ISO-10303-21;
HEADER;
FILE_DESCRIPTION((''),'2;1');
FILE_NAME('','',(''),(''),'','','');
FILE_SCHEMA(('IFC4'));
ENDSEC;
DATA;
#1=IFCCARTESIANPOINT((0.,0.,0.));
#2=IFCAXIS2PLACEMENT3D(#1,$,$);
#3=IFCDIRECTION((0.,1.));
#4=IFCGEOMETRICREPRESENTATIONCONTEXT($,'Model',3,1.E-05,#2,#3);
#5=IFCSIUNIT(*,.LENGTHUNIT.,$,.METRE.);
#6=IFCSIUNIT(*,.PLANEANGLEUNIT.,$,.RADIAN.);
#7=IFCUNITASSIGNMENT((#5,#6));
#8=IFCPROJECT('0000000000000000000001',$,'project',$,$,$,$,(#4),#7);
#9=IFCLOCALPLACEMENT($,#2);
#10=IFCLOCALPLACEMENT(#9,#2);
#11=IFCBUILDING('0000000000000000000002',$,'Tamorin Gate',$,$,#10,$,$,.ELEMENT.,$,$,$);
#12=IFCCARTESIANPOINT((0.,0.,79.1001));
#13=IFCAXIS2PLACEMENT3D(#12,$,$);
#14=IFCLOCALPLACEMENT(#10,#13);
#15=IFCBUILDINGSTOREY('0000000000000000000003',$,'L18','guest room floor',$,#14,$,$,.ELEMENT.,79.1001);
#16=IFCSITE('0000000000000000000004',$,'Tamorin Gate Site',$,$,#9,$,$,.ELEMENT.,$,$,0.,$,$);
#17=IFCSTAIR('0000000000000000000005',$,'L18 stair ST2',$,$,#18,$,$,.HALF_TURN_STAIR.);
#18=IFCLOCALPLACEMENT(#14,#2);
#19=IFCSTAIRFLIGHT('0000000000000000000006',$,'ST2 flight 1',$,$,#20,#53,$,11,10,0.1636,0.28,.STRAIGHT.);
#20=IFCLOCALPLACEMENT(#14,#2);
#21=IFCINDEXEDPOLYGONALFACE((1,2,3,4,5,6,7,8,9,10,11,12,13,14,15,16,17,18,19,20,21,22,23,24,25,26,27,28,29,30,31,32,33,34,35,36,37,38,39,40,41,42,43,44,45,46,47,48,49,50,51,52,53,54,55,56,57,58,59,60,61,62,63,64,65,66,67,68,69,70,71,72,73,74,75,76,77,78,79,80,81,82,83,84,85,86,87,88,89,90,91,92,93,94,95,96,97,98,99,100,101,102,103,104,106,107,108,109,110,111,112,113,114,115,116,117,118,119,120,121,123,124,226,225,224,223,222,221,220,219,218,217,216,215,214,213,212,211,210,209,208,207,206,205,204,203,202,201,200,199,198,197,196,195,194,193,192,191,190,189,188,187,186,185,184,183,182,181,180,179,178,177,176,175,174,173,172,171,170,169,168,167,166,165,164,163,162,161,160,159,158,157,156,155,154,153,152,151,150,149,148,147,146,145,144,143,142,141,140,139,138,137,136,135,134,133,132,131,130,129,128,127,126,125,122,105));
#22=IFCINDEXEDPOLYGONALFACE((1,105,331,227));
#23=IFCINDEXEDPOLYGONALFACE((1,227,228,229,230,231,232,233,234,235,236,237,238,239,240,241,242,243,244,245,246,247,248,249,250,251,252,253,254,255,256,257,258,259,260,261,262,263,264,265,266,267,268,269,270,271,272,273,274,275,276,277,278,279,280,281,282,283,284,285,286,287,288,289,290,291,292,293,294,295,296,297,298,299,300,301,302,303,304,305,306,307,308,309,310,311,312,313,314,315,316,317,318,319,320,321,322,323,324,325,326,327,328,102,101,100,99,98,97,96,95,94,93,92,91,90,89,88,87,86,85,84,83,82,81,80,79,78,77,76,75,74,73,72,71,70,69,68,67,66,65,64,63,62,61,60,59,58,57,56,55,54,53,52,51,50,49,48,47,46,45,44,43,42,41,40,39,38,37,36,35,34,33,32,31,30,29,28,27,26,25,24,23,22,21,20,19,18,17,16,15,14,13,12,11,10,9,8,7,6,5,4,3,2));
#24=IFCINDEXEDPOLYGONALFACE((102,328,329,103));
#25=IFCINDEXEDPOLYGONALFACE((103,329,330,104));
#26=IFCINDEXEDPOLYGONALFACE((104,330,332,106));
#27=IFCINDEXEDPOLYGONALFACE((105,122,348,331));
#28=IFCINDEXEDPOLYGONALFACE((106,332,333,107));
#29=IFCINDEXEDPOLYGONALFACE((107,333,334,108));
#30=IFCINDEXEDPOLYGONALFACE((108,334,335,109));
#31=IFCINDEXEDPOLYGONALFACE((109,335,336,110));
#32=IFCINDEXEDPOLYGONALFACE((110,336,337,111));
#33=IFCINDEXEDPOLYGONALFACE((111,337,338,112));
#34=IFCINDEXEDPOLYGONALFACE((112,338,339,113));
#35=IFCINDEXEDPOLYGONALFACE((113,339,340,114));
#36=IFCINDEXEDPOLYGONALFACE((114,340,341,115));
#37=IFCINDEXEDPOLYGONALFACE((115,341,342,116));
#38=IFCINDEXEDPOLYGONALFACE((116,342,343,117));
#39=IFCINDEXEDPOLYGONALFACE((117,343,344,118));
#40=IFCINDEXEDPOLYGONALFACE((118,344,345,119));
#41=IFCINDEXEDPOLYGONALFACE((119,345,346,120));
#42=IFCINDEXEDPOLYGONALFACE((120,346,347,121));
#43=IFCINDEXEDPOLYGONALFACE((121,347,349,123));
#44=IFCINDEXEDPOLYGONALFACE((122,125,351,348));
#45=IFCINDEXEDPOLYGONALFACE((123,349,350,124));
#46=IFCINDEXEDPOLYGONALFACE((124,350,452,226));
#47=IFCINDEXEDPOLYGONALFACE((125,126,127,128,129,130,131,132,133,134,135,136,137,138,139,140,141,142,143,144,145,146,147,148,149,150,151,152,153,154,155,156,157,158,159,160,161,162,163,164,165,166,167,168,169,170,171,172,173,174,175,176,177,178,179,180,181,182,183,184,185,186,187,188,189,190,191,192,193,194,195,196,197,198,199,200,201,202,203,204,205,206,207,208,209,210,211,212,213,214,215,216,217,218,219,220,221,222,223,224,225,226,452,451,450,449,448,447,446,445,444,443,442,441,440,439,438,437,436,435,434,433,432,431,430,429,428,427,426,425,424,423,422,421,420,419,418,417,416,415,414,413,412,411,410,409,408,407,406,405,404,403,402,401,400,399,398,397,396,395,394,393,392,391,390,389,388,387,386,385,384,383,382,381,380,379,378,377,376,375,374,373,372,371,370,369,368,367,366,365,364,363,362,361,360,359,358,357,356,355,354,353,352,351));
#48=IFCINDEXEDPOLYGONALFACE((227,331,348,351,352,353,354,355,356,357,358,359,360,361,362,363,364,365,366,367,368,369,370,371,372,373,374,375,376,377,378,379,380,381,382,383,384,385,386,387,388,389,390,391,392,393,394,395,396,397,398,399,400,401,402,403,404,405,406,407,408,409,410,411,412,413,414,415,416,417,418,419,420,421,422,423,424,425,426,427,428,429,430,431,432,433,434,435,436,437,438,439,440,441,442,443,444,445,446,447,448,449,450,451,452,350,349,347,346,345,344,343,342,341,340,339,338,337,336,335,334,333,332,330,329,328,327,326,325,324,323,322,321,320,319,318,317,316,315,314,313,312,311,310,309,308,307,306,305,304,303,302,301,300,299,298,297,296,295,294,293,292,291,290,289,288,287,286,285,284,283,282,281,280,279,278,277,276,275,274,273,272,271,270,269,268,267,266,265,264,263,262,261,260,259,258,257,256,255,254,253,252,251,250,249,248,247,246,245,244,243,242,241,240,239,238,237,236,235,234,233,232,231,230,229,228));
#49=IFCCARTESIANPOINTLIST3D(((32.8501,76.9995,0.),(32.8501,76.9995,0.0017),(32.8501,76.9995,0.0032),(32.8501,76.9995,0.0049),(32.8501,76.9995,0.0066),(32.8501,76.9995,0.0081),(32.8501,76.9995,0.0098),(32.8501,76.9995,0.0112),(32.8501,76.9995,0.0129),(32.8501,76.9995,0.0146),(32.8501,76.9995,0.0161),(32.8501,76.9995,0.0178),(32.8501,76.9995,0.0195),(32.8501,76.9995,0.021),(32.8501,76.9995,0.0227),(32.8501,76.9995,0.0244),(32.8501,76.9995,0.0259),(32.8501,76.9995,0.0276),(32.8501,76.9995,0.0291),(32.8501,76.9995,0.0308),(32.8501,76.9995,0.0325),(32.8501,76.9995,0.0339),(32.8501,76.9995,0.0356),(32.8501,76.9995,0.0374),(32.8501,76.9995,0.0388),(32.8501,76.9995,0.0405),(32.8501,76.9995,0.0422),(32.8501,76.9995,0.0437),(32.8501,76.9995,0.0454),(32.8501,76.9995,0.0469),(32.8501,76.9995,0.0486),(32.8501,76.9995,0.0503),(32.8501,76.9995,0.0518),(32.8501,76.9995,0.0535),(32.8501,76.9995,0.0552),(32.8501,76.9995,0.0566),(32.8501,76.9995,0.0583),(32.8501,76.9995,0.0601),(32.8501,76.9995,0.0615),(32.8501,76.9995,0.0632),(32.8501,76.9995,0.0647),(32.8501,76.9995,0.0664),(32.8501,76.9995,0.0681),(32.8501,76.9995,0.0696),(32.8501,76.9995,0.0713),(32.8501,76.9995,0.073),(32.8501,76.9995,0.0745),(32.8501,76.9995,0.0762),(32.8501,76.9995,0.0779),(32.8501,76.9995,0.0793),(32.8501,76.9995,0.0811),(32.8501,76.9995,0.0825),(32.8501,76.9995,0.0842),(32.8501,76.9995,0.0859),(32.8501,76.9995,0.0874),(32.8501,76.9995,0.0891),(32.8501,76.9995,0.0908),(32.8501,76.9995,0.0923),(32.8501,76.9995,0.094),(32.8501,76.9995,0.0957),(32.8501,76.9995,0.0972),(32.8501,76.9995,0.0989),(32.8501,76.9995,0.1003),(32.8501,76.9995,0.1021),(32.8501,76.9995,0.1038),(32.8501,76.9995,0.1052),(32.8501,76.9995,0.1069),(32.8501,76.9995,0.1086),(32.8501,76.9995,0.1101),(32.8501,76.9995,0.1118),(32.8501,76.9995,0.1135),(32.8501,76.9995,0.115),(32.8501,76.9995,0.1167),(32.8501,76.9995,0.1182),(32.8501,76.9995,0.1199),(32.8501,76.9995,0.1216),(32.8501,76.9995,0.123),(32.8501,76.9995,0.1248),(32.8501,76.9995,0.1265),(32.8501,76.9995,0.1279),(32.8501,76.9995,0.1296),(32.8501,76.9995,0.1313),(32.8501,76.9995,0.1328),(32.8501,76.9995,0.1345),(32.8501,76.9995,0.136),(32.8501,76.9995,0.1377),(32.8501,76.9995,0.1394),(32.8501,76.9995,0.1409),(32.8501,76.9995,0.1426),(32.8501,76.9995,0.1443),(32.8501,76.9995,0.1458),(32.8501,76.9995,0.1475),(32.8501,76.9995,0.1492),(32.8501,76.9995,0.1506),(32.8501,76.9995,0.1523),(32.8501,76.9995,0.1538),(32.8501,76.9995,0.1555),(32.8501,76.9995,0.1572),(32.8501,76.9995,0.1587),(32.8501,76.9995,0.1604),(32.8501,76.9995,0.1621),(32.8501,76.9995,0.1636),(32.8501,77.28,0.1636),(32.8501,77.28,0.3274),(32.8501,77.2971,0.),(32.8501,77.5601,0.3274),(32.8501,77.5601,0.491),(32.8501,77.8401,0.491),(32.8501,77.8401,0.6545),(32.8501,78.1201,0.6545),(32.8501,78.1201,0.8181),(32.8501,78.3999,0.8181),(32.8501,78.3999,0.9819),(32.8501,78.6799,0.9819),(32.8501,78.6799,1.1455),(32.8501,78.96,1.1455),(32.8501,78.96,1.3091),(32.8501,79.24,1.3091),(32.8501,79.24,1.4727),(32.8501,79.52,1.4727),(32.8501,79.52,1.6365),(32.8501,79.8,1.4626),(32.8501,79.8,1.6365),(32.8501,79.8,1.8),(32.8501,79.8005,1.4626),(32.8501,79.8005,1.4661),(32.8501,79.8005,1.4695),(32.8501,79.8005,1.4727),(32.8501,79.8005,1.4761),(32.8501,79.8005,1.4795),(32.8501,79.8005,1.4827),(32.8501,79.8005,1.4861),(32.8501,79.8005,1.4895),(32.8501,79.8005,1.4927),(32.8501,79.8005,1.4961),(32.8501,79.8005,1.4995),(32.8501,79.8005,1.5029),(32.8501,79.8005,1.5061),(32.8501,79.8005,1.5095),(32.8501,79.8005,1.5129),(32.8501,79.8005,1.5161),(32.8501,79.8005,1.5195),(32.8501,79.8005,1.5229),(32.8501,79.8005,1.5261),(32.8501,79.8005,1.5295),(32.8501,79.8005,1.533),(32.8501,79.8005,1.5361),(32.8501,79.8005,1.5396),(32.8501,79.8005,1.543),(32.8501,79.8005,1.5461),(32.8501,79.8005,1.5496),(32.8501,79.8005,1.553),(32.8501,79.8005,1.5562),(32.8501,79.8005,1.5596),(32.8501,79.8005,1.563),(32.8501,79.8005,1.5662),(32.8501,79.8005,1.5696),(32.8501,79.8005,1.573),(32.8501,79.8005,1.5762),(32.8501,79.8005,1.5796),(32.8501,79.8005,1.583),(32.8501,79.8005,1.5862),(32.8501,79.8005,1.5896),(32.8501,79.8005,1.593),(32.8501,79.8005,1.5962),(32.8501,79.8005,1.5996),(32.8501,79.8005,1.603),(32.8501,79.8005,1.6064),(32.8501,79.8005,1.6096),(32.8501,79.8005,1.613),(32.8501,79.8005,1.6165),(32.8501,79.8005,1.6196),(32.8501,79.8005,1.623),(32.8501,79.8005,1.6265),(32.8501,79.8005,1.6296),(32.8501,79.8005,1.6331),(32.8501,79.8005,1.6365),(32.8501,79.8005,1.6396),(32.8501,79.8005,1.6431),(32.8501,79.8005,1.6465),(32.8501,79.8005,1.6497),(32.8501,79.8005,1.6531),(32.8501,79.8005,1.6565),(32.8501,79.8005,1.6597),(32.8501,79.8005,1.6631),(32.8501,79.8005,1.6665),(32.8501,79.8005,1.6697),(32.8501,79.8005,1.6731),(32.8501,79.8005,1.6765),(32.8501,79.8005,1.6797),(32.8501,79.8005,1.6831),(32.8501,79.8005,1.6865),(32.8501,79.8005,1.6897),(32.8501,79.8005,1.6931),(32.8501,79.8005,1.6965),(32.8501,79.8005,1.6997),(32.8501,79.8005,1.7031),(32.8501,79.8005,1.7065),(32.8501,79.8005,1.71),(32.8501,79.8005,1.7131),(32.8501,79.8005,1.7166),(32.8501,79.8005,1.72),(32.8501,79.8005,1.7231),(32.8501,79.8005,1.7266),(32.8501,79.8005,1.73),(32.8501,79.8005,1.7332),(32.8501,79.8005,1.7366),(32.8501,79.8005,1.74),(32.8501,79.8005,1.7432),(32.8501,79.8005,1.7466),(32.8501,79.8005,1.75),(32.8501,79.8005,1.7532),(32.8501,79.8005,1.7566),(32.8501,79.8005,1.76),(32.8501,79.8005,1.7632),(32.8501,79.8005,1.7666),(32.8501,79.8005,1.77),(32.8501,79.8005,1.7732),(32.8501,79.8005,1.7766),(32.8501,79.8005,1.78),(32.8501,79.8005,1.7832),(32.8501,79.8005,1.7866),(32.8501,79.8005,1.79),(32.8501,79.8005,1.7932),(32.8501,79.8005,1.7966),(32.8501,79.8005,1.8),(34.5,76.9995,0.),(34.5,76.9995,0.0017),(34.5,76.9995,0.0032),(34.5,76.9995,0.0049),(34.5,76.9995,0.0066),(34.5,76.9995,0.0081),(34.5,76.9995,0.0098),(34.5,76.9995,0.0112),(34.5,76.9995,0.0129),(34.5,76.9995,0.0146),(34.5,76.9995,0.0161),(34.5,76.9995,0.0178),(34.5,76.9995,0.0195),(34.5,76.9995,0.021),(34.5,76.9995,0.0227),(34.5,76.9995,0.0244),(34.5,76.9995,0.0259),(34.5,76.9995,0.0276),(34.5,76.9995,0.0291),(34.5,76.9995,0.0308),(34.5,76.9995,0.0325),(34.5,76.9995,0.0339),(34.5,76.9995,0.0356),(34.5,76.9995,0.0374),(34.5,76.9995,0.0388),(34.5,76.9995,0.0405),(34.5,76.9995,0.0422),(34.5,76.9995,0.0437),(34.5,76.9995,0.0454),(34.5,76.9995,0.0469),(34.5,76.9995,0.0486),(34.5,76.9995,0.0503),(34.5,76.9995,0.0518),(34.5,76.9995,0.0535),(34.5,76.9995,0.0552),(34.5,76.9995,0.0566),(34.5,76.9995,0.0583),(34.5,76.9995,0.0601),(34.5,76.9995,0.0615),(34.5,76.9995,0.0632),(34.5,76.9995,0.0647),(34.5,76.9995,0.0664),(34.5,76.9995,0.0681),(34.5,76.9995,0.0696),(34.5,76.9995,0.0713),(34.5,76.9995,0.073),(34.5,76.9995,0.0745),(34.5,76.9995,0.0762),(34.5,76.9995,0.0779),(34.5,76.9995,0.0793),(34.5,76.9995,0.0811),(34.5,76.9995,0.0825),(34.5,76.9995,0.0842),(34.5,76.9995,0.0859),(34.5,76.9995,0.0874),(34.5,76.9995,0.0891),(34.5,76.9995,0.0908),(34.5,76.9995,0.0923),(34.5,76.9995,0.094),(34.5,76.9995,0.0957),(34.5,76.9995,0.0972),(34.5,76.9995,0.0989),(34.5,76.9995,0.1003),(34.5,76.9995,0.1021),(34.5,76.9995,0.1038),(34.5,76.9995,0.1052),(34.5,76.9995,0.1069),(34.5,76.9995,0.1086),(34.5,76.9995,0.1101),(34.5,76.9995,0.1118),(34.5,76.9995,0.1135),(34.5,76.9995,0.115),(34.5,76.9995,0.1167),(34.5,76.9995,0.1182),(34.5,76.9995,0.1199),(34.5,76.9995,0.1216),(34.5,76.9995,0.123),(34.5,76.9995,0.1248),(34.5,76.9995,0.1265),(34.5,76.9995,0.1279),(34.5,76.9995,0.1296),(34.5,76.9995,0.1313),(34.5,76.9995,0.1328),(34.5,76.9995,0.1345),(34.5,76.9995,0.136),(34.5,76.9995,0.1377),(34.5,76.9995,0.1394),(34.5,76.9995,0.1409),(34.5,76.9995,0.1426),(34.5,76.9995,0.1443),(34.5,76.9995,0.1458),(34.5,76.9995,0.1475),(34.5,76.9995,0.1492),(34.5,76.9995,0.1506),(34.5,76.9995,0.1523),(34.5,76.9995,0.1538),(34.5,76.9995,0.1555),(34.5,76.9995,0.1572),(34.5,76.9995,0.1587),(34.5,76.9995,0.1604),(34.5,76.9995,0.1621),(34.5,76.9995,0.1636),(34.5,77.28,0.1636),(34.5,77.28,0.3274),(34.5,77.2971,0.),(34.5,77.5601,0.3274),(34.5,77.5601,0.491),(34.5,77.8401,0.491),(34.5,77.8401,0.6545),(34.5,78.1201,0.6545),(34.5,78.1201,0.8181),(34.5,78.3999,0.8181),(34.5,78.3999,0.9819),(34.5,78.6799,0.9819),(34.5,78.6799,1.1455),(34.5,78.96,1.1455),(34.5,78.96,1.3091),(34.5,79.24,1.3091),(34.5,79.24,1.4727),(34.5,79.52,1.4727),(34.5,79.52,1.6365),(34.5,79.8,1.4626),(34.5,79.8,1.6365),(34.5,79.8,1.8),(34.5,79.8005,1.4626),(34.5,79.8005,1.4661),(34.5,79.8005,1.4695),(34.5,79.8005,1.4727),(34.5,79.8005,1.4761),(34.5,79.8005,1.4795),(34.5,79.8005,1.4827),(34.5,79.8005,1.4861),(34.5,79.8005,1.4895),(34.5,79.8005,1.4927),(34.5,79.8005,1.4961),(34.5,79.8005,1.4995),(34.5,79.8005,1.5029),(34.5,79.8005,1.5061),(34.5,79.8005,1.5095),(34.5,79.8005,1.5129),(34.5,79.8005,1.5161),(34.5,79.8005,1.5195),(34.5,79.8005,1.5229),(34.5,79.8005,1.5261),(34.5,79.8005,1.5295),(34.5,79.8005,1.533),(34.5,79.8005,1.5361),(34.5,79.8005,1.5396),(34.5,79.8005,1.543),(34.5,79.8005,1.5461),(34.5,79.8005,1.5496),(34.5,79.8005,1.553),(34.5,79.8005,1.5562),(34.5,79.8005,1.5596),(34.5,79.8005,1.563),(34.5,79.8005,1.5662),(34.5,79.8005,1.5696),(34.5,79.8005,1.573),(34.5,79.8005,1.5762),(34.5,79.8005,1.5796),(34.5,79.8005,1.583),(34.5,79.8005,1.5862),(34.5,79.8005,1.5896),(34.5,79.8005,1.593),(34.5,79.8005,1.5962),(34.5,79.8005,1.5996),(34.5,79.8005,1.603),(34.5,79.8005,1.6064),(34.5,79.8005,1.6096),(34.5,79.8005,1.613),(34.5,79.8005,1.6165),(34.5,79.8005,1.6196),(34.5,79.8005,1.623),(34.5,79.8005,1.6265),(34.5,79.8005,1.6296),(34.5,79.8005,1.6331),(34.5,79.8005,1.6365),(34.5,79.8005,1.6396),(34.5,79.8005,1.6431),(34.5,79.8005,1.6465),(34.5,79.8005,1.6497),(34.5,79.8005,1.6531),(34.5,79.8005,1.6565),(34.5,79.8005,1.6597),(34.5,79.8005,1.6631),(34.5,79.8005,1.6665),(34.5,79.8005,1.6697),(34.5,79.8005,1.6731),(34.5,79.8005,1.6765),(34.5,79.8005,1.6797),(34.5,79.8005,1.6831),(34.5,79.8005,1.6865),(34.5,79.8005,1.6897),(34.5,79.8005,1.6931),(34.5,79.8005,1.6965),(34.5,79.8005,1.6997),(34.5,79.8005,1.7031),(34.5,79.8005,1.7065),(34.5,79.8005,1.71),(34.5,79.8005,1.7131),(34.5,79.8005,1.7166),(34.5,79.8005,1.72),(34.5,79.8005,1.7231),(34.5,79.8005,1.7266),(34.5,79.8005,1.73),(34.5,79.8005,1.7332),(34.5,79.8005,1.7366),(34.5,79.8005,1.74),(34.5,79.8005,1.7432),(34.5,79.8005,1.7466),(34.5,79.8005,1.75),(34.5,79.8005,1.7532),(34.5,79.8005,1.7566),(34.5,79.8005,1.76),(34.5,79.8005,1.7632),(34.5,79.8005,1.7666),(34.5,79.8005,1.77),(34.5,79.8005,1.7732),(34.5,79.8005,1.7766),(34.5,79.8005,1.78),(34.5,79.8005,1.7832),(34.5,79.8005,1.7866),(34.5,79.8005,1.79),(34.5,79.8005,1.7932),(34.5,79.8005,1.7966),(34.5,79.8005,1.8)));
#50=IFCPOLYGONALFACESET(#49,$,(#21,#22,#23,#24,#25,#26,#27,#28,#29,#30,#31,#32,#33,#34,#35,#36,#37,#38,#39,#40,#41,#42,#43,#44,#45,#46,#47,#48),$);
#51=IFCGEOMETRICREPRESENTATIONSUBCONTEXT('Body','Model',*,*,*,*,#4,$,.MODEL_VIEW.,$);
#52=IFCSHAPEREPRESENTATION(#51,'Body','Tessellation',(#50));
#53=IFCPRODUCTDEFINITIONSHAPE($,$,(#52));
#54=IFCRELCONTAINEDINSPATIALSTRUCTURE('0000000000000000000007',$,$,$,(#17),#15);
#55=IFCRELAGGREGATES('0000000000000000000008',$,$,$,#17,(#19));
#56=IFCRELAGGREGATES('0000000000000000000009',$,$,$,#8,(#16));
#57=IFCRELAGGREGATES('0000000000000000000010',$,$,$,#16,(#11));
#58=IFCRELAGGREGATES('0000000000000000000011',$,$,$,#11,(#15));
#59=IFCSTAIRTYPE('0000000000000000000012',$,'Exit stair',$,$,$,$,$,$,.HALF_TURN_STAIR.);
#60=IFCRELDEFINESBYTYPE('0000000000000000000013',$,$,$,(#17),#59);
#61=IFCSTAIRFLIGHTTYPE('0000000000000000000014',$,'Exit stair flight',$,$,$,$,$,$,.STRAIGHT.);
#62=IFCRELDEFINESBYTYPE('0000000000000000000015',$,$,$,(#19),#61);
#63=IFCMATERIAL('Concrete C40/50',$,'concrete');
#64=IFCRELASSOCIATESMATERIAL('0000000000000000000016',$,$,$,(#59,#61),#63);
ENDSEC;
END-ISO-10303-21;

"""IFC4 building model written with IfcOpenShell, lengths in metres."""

from ifc_helpers import new_model, si_unit, direction, frame, origin, place, context, subcontext, project, spatial, polyline, outline, extrude, material, type_object, element, aggregate, save


model = new_model("IFC4")

# Units and contexts
model_context = context("Model", 3, precision=1e-05, world=origin(), true_north=direction((0.0, 1.0)))
body_context = subcontext(model_context, "Body", "Model", "MODEL_VIEW")
ifc_project = project(units=[si_unit("LENGTHUNIT", "METRE"), si_unit("PLANEANGLEUNIT", "RADIAN")], contexts=[model_context])

# Site, building, storey
site_placement = place(None, origin())
site = spatial("IfcSite", under=ifc_project, at=site_placement, Name="Tamorin Gate Site", CompositionType="ELEMENT", RefElevation=0.0)
building_placement = place(site_placement, origin())
building = spatial("IfcBuilding", under=site, at=building_placement, Name="Tamorin Gate", CompositionType="ELEMENT")
storey_placement = place(building_placement, frame((0.0, 0.0, 79.1001)))
storey = spatial("IfcBuildingStorey", under=building, at=storey_placement, Name="L18", Description="guest room floor", CompositionType="ELEMENT", Elevation=79.1001)

# Shared definitions
ifc_material_1 = material(Name="Concrete C40/50", Category="concrete")

# Stair, stair flight
stair_type = type_object("IfcStairType", Name="Exit stair", PredefinedType="HALF_TURN_STAIR", material=ifc_material_1)
stair_placement = place(storey_placement, origin())
stair = element("IfcStair", 1, at=stair_placement, inside=storey, type_object=stair_type, Name="L18 stair ST2", PredefinedType="HALF_TURN_STAIR")
stair_flight_type = type_object("IfcStairFlightType", Name="Exit stair flight", PredefinedType="STRAIGHT", material=ifc_material_1)
stair_flight_1_placement = place(storey_placement, frame((33.675, 77.0, 0.0), z_axis=(0.0, 0.0, 1.0), x_axis=(0.0, 1.0, 0.0)))
stair_flight_1 = element("IfcStairFlight", 2, at=stair_flight_1_placement, type_object=stair_flight_type, Name="ST2 flight 1", NumberOfRisers=11, NumberOfTreads=10, PredefinedType="STRAIGHT", RiserHeight=0.1636, TreadLength=0.28, context=body_context, shape_type="SweptSolid", body=[
    extrude(outline(polyline([(-0.0005, 0.0), (-0.0005, 0.0017), (-0.0005, 0.0032), (-0.0005, 0.0049), (-0.0005, 0.0066), (-0.0005, 0.0081), (-0.0005, 0.0098), (-0.0005, 0.0112), (-0.0005, 0.0129), (-0.0005, 0.0146), (-0.0005, 0.0161), (-0.0005, 0.0178), (-0.0005, 0.0195), (-0.0005, 0.021), (-0.0005, 0.0227), (-0.0005, 0.0244), (-0.0005, 0.0259), (-0.0005, 0.0276), (-0.0005, 0.0291), (-0.0005, 0.0308), (-0.0005, 0.0325), (-0.0005, 0.0339), (-0.0005, 0.0356), (-0.0005, 0.0374), (-0.0005, 0.0388), (-0.0005, 0.0405), (-0.0005, 0.0422), (-0.0005, 0.0437), (-0.0005, 0.0454), (-0.0005, 0.0469), (-0.0005, 0.0486), (-0.0005, 0.0503), (-0.0005, 0.0518), (-0.0005, 0.0535), (-0.0005, 0.0552), (-0.0005, 0.0566), (-0.0005, 0.0583), (-0.0005, 0.0601), (-0.0005, 0.0615), (-0.0005, 0.0632), (-0.0005, 0.0647), (-0.0005, 0.0664), (-0.0005, 0.0681), (-0.0005, 0.0696), (-0.0005, 0.0713), (-0.0005, 0.073), (-0.0005, 0.0745), (-0.0005, 0.0762), (-0.0005, 0.0779), (-0.0005, 0.0793), (-0.0005, 0.0811), (-0.0005, 0.0825), (-0.0005, 0.0842), (-0.0005, 0.0859), (-0.0005, 0.0874), (-0.0005, 0.0891), (-0.0005, 0.0908), (-0.0005, 0.0923), (-0.0005, 0.094), (-0.0005, 0.0957), (-0.0005, 0.0972), (-0.0005, 0.0989), (-0.0005, 0.1003), (-0.0005, 0.1021), (-0.0005, 0.1038), (-0.0005, 0.1052), (-0.0005, 0.1069), (-0.0005, 0.1086), (-0.0005, 0.1101), (-0.0005, 0.1118), (-0.0005, 0.1135), (-0.0005, 0.115), (-0.0005, 0.1167), (-0.0005, 0.1182), (-0.0005, 0.1199), (-0.0005, 0.1216), (-0.0005, 0.123), (-0.0005, 0.1248), (-0.0005, 0.1265), (-0.0005, 0.1279), (-0.0005, 0.1296), (-0.0005, 0.1313), (-0.0005, 0.1328), (-0.0005, 0.1345), (-0.0005, 0.136), (-0.0005, 0.1377), (-0.0005, 0.1394), (-0.0005, 0.1409), (-0.0005, 0.1426), (-0.0005, 0.1443), (-0.0005, 0.1458), (-0.0005, 0.1475), (-0.0005, 0.1492), (-0.0005, 0.1506), (-0.0005, 0.1523), (-0.0005, 0.1538), (-0.0005, 0.1555), (-0.0005, 0.1572), (-0.0005, 0.1587), (-0.0005, 0.1604), (-0.0005, 0.1621), (-0.0005, 0.1636), (0.28, 0.1636), (0.28, 0.3274), (0.5601, 0.3274), (0.5601, 0.491), (0.8401, 0.491), (0.8401, 0.6545), (1.1201, 0.6545), (1.1201, 0.8181), (1.3999, 0.8181), (1.3999, 0.9819), (1.6799, 0.9819), (1.6799, 1.1455), (1.96, 1.1455), (1.96, 1.3091), (2.24, 1.3091), (2.24, 1.4727), (2.52, 1.4727), (2.52, 1.6365), (2.8, 1.6365), (2.8, 1.8), (2.8005, 1.8), (2.8005, 1.7966), (2.8005, 1.7932), (2.8005, 1.79), (2.8005, 1.7866), (2.8005, 1.7832), (2.8005, 1.78), (2.8005, 1.7766), (2.8005, 1.7732), (2.8005, 1.77), (2.8005, 1.7666), (2.8005, 1.7632), (2.8005, 1.76), (2.8005, 1.7566), (2.8005, 1.7532), (2.8005, 1.75), (2.8005, 1.7466), (2.8005, 1.7432), (2.8005, 1.74), (2.8005, 1.7366), (2.8005, 1.7332), (2.8005, 1.73), (2.8005, 1.7266), (2.8005, 1.7231), (2.8005, 1.72), (2.8005, 1.7166), (2.8005, 1.7131), (2.8005, 1.71), (2.8005, 1.7065), (2.8005, 1.7031), (2.8005, 1.6997), (2.8005, 1.6965), (2.8005, 1.6931), (2.8005, 1.6897), (2.8005, 1.6865), (2.8005, 1.6831), (2.8005, 1.6797), (2.8005, 1.6765), (2.8005, 1.6731), (2.8005, 1.6697), (2.8005, 1.6665), (2.8005, 1.6631), (2.8005, 1.6597), (2.8005, 1.6565), (2.8005, 1.6531), (2.8005, 1.6497), (2.8005, 1.6465), (2.8005, 1.6431), (2.8005, 1.6396), (2.8005, 1.6365), (2.8005, 1.6331), (2.8005, 1.6296), (2.8005, 1.6265), (2.8005, 1.623), (2.8005, 1.6196), (2.8005, 1.6165), (2.8005, 1.613), (2.8005, 1.6096), (2.8005, 1.6064), (2.8005, 1.603), (2.8005, 1.5996), (2.8005, 1.5962), (2.8005, 1.593), (2.8005, 1.5896), (2.8005, 1.5862), (2.8005, 1.583), (2.8005, 1.5796), (2.8005, 1.5762), (2.8005, 1.573), (2.8005, 1.5696), (2.8005, 1.5662), (2.8005, 1.563), (2.8005, 1.5596), (2.8005, 1.5562), (2.8005, 1.553), (2.8005, 1.5496), (2.8005, 1.5461), (2.8005, 1.543), (2.8005, 1.5396), (2.8005, 1.5361), (2.8005, 1.533), (2.8005, 1.5295), (2.8005, 1.5261), (2.8005, 1.5229), (2.8005, 1.5195), (2.8005, 1.5161), (2.8005, 1.5129), (2.8005, 1.5095), (2.8005, 1.5061), (2.8005, 1.5029), (2.8005, 1.4995), (2.8005, 1.4961), (2.8005, 1.4927), (2.8005, 1.4895), (2.8005, 1.4861), (2.8005, 1.4827), (2.8005, 1.4795), (2.8005, 1.4761), (2.8005, 1.4727), (2.8005, 1.4695), (2.8005, 1.4661), (2.8005, 1.4626), (2.8, 1.4626), (0.2971, 0.0), (-0.0005, 0.0)])), frame((0.0, 0.825, 0.0), z_axis=(0.0, -1.0, 0.0), x_axis=(1.0, 0.0, 0.0)), (0.0, 0.0, 1.0), 1.6499),
])
aggregate(stair, [stair_flight_1])

save(model, "model.ifc")
